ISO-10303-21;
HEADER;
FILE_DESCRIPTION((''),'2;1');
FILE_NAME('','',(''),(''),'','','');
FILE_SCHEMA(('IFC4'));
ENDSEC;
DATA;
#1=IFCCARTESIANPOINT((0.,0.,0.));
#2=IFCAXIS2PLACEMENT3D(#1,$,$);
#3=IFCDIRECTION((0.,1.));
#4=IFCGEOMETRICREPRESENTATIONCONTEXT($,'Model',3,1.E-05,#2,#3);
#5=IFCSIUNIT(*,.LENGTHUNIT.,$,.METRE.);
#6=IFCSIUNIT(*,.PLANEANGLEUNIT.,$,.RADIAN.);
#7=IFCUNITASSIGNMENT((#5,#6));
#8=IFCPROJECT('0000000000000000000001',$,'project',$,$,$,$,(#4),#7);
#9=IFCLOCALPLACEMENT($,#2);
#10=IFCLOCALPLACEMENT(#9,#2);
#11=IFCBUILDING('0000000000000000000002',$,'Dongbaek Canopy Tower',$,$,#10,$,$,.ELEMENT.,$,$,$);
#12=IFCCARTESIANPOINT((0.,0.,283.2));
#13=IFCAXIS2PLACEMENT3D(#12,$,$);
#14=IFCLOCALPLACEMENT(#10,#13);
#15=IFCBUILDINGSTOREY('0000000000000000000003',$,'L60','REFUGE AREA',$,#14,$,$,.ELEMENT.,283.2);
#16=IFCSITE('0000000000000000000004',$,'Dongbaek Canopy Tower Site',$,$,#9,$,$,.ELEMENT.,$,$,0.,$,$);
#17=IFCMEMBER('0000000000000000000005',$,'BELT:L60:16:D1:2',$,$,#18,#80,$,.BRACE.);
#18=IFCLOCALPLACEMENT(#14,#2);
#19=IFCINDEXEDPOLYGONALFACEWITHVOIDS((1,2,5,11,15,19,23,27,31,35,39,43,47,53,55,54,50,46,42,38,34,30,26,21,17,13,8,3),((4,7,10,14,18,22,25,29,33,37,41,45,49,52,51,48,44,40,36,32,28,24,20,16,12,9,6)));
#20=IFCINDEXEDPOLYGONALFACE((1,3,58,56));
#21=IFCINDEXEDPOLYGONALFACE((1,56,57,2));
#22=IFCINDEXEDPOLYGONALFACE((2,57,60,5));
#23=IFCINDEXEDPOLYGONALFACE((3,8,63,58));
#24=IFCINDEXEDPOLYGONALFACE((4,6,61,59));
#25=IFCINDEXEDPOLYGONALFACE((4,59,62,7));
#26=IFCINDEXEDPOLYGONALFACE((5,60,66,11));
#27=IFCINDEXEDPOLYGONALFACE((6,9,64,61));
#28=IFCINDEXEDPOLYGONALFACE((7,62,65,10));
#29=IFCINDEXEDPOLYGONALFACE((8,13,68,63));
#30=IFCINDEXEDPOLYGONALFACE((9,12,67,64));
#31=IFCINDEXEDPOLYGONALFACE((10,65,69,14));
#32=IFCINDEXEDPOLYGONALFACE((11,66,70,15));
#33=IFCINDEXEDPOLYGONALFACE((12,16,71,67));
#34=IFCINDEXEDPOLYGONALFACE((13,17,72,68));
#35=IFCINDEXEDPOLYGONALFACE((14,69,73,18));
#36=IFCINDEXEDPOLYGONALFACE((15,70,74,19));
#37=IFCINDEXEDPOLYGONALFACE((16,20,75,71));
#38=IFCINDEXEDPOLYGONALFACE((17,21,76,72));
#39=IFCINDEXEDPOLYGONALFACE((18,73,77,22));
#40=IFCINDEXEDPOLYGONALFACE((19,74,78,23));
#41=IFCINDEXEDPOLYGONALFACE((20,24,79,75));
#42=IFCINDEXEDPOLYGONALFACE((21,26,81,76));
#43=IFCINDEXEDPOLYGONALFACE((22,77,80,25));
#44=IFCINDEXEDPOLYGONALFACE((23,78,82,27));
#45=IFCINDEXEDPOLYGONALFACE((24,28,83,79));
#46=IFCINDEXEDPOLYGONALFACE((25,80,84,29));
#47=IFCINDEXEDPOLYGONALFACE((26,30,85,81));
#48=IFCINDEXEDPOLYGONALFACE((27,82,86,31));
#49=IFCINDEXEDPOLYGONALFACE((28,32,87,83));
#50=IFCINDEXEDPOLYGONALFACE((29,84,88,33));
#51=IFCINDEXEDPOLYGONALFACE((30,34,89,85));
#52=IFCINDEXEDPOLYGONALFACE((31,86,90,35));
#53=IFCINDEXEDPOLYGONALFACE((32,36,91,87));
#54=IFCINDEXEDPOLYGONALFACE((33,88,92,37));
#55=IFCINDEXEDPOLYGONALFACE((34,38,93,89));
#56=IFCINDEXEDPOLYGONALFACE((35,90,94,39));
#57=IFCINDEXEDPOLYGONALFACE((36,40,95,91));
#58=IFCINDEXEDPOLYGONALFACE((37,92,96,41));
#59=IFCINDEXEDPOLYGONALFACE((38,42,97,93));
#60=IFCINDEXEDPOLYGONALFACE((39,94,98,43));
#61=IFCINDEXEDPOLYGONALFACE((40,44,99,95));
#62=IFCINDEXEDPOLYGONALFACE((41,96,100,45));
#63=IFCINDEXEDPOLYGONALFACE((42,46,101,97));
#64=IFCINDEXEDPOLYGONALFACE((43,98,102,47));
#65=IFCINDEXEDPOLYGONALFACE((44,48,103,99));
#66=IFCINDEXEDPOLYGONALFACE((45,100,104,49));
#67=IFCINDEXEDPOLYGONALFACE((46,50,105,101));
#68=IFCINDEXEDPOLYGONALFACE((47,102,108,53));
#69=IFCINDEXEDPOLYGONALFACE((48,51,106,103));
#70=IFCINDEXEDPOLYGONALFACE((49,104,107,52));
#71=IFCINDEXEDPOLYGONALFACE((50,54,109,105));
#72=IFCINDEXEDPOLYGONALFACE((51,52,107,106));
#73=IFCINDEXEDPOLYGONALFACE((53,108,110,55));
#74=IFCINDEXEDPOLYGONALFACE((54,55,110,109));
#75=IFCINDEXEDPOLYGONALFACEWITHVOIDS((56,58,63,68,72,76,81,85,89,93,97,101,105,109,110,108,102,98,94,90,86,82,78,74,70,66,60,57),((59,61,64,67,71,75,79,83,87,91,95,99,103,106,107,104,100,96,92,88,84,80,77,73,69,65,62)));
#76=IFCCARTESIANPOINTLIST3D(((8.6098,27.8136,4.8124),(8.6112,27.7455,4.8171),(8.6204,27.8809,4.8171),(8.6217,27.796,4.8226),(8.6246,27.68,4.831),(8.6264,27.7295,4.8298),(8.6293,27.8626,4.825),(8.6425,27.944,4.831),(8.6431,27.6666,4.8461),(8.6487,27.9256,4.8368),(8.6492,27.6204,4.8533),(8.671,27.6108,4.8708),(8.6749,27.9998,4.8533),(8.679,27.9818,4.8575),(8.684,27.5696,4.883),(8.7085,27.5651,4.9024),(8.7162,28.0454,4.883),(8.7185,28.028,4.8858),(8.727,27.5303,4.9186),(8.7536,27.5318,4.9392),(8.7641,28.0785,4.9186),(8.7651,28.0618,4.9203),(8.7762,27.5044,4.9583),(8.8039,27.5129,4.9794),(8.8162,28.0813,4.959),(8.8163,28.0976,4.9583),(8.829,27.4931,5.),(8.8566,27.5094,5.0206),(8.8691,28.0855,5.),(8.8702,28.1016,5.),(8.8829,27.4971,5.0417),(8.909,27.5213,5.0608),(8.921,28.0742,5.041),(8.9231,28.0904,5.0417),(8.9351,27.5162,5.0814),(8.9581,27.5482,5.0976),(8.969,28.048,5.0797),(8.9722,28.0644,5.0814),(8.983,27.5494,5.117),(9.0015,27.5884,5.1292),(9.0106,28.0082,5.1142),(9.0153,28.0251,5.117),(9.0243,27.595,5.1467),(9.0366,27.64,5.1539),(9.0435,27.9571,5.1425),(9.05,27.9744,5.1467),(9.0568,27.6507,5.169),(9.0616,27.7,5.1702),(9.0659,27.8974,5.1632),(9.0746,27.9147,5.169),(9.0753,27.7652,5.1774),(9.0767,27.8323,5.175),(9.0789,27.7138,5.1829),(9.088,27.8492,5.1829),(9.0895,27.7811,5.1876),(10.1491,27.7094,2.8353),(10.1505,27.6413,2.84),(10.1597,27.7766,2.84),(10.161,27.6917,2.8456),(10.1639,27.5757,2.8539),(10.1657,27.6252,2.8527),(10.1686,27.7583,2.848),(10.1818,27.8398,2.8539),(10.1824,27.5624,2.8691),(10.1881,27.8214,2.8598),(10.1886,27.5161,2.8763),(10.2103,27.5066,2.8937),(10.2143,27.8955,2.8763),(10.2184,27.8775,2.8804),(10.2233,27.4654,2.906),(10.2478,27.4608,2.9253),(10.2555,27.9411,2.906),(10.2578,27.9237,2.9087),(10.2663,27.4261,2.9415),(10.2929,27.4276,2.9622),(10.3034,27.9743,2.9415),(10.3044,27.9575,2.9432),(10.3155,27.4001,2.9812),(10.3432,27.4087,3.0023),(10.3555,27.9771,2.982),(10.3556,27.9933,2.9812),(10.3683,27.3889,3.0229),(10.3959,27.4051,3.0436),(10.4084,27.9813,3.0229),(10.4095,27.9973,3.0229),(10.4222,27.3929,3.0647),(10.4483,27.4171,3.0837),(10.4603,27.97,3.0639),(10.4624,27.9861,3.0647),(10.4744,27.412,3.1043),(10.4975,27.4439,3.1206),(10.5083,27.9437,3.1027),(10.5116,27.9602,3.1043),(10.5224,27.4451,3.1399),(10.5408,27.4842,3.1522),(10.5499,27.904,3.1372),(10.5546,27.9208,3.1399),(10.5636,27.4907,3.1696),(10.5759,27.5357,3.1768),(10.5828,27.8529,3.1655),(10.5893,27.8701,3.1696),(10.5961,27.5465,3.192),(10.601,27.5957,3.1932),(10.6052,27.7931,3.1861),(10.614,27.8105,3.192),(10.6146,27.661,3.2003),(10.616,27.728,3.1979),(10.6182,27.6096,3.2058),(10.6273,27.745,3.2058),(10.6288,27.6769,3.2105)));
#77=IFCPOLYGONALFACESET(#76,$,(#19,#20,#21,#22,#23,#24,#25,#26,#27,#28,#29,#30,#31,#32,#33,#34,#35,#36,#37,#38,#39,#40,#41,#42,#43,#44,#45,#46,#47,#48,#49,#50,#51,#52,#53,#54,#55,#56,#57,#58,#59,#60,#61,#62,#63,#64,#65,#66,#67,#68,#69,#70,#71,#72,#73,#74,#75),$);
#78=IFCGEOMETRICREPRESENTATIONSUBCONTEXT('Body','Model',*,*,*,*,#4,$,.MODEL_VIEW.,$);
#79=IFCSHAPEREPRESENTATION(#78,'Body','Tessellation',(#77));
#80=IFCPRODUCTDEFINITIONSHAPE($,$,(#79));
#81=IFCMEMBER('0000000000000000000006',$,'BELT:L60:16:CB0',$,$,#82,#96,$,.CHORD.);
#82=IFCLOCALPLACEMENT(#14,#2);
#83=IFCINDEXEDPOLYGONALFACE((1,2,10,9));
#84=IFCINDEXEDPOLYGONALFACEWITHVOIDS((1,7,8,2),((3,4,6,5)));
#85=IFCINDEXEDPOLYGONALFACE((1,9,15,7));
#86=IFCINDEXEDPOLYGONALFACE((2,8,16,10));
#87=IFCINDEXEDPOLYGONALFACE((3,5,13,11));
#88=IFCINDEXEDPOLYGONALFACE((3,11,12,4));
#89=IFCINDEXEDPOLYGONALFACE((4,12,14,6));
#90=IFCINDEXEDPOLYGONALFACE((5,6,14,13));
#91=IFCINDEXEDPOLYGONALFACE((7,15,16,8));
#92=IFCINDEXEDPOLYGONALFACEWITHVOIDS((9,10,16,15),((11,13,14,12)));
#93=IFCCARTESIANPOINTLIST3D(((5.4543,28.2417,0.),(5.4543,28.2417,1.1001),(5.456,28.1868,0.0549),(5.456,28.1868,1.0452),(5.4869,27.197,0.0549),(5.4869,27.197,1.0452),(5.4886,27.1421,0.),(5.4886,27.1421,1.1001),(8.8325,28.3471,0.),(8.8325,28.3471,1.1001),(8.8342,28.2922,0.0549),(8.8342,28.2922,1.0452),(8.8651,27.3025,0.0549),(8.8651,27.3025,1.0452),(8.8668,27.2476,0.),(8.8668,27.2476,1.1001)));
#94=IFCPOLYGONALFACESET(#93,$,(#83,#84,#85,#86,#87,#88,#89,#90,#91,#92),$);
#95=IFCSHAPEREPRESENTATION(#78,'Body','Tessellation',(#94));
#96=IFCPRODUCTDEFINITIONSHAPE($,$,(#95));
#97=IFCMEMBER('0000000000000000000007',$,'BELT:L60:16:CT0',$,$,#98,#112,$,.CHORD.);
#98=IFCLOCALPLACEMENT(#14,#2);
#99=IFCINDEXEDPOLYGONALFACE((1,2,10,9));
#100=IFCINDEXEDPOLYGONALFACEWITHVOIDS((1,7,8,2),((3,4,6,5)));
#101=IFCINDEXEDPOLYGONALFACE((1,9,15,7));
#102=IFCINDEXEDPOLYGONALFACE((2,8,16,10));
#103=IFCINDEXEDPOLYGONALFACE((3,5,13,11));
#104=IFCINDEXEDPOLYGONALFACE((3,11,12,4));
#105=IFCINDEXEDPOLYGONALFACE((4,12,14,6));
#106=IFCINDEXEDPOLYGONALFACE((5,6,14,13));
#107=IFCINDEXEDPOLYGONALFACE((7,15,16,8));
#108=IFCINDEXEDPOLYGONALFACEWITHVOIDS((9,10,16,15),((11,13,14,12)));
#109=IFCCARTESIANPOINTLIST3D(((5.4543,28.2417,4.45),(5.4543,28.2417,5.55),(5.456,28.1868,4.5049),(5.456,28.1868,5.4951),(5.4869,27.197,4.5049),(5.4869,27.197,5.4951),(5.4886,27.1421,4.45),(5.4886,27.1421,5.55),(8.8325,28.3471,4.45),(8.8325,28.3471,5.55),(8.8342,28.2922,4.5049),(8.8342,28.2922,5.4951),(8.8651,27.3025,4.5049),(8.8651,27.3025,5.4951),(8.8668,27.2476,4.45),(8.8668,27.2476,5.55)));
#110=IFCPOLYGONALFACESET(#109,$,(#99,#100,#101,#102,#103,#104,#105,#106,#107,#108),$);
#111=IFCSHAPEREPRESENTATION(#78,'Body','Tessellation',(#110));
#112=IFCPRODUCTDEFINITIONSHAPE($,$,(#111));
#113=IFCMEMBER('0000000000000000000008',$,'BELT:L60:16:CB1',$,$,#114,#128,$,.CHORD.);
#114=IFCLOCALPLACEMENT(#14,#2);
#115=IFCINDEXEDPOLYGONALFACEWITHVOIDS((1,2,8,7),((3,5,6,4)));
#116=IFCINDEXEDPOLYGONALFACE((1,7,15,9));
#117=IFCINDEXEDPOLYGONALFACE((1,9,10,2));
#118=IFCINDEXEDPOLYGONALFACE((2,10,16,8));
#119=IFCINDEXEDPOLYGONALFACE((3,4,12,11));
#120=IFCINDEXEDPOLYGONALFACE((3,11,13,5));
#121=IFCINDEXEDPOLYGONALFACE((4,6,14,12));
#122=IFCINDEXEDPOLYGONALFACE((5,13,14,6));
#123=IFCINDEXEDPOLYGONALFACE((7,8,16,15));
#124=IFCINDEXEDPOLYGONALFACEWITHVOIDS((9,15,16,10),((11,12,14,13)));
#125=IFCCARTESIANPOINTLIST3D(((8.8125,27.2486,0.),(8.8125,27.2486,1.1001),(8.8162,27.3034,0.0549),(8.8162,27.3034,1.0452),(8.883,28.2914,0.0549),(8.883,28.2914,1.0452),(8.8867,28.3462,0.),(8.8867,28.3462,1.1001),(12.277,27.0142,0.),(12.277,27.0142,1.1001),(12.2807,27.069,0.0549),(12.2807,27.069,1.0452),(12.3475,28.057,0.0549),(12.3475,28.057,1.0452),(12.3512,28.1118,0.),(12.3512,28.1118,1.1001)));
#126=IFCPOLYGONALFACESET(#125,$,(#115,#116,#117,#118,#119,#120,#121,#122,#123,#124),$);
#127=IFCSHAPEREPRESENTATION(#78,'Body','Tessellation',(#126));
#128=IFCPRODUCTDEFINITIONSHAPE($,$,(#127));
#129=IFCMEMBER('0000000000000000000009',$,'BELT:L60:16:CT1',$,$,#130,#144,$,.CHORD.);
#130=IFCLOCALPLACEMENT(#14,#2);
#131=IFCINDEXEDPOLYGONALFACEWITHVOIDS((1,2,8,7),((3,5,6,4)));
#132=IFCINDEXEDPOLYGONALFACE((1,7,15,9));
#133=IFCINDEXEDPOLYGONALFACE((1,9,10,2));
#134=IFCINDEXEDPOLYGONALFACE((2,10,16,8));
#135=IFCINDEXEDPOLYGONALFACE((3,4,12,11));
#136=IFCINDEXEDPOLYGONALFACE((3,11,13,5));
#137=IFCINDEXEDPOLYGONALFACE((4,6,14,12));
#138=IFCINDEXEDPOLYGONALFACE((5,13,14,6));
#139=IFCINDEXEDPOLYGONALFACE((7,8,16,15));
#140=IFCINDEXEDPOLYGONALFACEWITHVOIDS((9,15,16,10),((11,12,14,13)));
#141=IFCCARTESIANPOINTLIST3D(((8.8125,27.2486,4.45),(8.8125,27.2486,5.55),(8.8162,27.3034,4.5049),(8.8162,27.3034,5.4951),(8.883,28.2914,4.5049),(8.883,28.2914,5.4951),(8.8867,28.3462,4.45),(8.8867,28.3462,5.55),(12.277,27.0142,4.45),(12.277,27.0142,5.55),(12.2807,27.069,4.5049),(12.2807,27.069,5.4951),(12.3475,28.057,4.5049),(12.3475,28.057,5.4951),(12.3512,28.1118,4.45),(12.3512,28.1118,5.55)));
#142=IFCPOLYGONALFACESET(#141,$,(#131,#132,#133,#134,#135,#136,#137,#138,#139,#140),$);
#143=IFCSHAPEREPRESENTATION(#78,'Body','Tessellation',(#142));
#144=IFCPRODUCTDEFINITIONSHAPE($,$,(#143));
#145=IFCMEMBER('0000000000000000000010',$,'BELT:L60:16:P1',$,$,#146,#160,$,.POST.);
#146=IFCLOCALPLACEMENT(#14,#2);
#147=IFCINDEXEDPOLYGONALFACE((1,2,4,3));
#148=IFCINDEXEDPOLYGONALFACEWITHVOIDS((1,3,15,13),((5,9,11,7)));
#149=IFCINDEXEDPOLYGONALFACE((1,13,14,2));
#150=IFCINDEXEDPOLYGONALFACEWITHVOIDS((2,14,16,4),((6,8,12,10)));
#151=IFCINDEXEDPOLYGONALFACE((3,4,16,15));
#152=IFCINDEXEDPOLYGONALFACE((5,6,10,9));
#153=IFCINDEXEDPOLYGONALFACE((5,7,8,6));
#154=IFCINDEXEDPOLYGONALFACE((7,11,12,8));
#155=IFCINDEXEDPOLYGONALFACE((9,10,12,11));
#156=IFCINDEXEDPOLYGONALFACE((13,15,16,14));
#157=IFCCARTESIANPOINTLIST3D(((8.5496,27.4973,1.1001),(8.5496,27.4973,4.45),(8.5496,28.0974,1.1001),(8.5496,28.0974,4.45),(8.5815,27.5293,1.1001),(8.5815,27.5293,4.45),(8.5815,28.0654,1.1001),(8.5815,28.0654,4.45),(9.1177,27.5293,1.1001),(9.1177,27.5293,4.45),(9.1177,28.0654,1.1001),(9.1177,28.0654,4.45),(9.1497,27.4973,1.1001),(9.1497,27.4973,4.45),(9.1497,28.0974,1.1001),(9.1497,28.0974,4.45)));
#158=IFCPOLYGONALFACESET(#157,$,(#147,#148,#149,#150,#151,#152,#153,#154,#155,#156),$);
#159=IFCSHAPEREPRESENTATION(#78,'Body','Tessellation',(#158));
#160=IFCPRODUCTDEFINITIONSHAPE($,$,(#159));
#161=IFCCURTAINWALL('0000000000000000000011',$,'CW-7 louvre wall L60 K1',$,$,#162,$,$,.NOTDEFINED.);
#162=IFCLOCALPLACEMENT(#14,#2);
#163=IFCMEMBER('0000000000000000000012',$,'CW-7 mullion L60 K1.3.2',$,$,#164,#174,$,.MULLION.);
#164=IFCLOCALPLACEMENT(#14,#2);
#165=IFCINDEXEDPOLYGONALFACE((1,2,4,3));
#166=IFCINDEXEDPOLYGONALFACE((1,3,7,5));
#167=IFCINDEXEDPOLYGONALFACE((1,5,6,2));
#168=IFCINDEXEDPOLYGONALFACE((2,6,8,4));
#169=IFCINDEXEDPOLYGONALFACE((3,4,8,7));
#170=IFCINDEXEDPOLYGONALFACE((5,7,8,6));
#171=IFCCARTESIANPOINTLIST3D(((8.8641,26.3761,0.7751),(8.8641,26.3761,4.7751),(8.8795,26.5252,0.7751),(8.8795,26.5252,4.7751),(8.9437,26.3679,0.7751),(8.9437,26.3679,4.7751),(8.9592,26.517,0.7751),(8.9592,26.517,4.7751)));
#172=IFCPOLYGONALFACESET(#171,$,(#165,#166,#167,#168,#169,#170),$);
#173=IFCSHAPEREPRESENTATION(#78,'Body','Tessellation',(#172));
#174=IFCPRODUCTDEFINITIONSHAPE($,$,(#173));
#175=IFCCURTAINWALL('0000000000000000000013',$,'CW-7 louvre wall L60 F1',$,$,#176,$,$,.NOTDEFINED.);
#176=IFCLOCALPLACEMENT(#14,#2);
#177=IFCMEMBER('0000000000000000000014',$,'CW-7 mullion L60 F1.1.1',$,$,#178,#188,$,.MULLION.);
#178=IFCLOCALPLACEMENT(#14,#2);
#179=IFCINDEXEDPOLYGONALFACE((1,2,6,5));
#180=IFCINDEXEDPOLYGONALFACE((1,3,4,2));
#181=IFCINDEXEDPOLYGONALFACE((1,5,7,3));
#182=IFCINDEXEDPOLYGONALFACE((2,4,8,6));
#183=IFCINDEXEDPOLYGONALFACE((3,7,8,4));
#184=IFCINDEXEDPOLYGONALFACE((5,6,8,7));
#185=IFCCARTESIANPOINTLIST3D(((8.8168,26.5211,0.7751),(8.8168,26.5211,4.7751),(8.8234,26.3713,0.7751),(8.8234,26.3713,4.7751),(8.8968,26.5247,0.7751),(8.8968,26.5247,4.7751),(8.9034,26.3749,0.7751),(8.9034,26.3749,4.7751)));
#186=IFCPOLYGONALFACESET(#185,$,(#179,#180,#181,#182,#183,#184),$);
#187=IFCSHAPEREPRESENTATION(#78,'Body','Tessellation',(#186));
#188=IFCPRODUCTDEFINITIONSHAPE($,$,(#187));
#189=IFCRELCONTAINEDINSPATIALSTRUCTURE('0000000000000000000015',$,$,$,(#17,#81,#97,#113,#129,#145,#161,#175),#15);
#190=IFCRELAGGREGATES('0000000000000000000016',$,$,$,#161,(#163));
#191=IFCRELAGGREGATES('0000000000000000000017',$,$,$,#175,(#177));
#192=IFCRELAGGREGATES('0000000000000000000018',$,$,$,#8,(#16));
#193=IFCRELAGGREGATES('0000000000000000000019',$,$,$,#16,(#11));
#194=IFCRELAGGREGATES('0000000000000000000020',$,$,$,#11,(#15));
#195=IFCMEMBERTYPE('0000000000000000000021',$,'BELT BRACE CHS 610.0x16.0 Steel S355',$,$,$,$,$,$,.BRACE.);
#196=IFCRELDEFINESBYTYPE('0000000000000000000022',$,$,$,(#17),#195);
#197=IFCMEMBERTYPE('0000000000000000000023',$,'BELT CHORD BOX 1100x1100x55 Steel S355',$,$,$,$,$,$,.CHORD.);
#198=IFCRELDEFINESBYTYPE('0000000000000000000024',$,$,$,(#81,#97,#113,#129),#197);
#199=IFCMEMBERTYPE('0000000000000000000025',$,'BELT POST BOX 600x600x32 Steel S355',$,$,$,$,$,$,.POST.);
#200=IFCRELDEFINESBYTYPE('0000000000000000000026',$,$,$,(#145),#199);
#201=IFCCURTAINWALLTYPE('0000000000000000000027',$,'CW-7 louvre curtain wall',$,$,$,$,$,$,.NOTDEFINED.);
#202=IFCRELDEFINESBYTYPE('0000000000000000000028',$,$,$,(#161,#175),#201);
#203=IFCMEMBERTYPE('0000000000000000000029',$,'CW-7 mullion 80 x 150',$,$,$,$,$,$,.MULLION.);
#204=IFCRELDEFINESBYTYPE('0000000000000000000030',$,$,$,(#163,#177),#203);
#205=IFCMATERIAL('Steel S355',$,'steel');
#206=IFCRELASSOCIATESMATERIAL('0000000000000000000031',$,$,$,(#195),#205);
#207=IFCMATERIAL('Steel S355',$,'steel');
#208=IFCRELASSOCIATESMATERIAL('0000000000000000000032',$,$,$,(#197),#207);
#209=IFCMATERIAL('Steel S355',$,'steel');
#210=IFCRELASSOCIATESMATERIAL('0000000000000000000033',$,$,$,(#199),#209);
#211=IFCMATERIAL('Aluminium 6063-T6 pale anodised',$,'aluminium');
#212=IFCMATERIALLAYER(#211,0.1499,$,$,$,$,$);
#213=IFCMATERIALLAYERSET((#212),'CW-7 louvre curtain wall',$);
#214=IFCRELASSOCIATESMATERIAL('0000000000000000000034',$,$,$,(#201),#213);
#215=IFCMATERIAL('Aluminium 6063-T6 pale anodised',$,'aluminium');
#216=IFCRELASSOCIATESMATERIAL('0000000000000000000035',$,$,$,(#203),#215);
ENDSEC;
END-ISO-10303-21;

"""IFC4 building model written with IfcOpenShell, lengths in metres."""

from ifc_helpers import new_model, si_unit, direction, frame, origin, origin_2d, place, context, subcontext, project, spatial, rectangle, hollow_rectangle, hollow_circle, extrude, material, layer, layer_set, material_profile, profile_set, type_object, element, aggregate, save


model = new_model("IFC4")

# Units and contexts
model_context = context("Model", 3, precision=1e-05, world=origin(), true_north=direction((0.0, 1.0)))
body_context = subcontext(model_context, "Body", "Model", "MODEL_VIEW")
ifc_project = project(units=[si_unit("LENGTHUNIT", "METRE"), si_unit("PLANEANGLEUNIT", "RADIAN")], contexts=[model_context])

# Site, building, storey
site_placement = place(None, origin())
site = spatial("IfcSite", under=ifc_project, at=site_placement, Name="Dongbaek Canopy Tower Site", CompositionType="ELEMENT", RefElevation=0.0)
building_placement = place(site_placement, origin())
building = spatial("IfcBuilding", under=site, at=building_placement, Name="Dongbaek Canopy Tower", CompositionType="ELEMENT")
storey_placement = place(building_placement, frame((0.0, 0.0, 283.2)))
storey = spatial("IfcBuildingStorey", under=building, at=storey_placement, Name="L60", Description="REFUGE AREA", CompositionType="ELEMENT", Elevation=283.2)

# Members
ifc_material_1 = material(Name="Steel S355", Category="steel")
ifc_material_profile_1 = material_profile(ifc_material_1, hollow_circle(Radius=0.3049, WallThickness=0.0161, at=origin_2d()), Name="BELT BRACE CHS 610.0x16.0 Steel S355")
ifc_profile_set_1 = profile_set([ifc_material_profile_1], Name="Steel S355")
member_type_1 = type_object("IfcMemberType", Name="BELT BRACE CHS 610.0x16.0 Steel S355", PredefinedType="BRACE", material=ifc_profile_set_1)
member_1_placement = place(storey_placement, frame((8.8496, 27.7974, 5.0), z_axis=(0.613808, -0.04157, -0.788361), x_axis=(0.067569, 0.997715, 0.0)))
element("IfcMember", 1, at=member_1_placement, inside=storey, type_object=member_type_1, Name="BELT:L60:16:D1:2", PredefinedType="BRACE", context=body_context, shape_type="SweptSolid", body=[
    extrude(hollow_circle(Radius=0.3049, WallThickness=0.0161, at=origin_2d()), origin(), (0.0, 0.0, 1.0), 2.5078),
])
ifc_material_2 = material(Name="Steel S355", Category="steel")
ifc_material_profile_2 = material_profile(ifc_material_2, hollow_rectangle(XDim=1.1001, YDim=1.1001, WallThickness=0.0549, at=origin_2d()), Name="BELT CHORD BOX 1100x1100x55 Steel S355")
ifc_profile_set_2 = profile_set([ifc_material_profile_2], Name="Steel S355")
member_type_2 = type_object("IfcMemberType", Name="BELT CHORD BOX 1100x1100x55 Steel S355", PredefinedType="CHORD", material=ifc_profile_set_2)
for number, where, z_axis, x_axis, name in (
    (2, (5.4714, 27.6919, 0.55), (0.999513, 0.031205, 0.0), (-0.031205, 0.999513, 0.0), "BELT:L60:16:CB0"),
    (3, (5.4714, 27.6919, 5.0), (0.999513, 0.031205, 0.0), (-0.031205, 0.999513, 0.0), "BELT:L60:16:CT0"),
):
    element("IfcMember", number, at=place(storey_placement, frame(where, z_axis=z_axis, x_axis=x_axis)), inside=storey, type_object=member_type_2, Name=name, PredefinedType="CHORD", context=body_context, shape_type="SweptSolid", body=[
        extrude(hollow_rectangle(XDim=1.1001, YDim=1.1001, WallThickness=0.0549, at=origin_2d()), origin(), (0.0, 0.0, 1.0), 3.3799),
    ])
for number, where, z_axis, x_axis, name in (
    (4, (8.8496, 27.7974, 0.55), (0.99772, -0.067494, 0.0), (0.067494, 0.99772, 0.0), "BELT:L60:16:CB1"),
    (5, (8.8496, 27.7974, 5.0), (0.99772, -0.067494, 0.0), (0.067494, 0.99772, 0.0), "BELT:L60:16:CT1"),
):
    element("IfcMember", number, at=place(storey_placement, frame(where, z_axis=z_axis, x_axis=x_axis)), inside=storey, type_object=member_type_2, Name=name, PredefinedType="CHORD", context=body_context, shape_type="SweptSolid", body=[
        extrude(hollow_rectangle(XDim=1.1001, YDim=1.1001, WallThickness=0.0549, at=origin_2d()), origin(), (0.0, 0.0, 1.0), 3.4724),
    ])
ifc_material_3 = material(Name="Steel S355", Category="steel")
ifc_material_profile_3 = material_profile(ifc_material_3, hollow_rectangle(XDim=0.6001, YDim=0.6001, WallThickness=0.032, at=origin_2d()), Name="BELT POST BOX 600x600x32 Steel S355")
ifc_profile_set_3 = profile_set([ifc_material_profile_3], Name="Steel S355")
member_type_3 = type_object("IfcMemberType", Name="BELT POST BOX 600x600x32 Steel S355", PredefinedType="POST", material=ifc_profile_set_3)
member_2_placement = place(storey_placement, frame((8.8496, 27.7974, 1.1001), z_axis=(0.0, 0.0, 1.0), x_axis=(1.0, 0.0, 0.0)))
element("IfcMember", 6, at=member_2_placement, inside=storey, type_object=member_type_3, Name="BELT:L60:16:P1", PredefinedType="POST", context=body_context, shape_type="SweptSolid", body=[
    extrude(hollow_rectangle(XDim=0.6001, YDim=0.6001, WallThickness=0.032, at=origin_2d()), origin(), (0.0, 0.0, 1.0), 3.3499),
])

# Curtain wall, member
ifc_material_4 = material(Name="Aluminium 6063-T6 pale anodised", Category="aluminium")
ifc_layer_1 = layer(ifc_material_4, 0.1499)
ifc_layer_set_1 = layer_set([ifc_layer_1], Name="CW-7 louvre curtain wall")
curtain_wall_type = type_object("IfcCurtainWallType", Name="CW-7 louvre curtain wall", PredefinedType="NOTDEFINED", material=ifc_layer_set_1)
curtain_wall_1_placement = place(storey_placement, origin())
curtain_wall_1 = element("IfcCurtainWall", 7, at=curtain_wall_1_placement, inside=storey, type_object=curtain_wall_type, Name="CW-7 louvre wall L60 K1", PredefinedType="NOTDEFINED")
ifc_material_5 = material(Name="Aluminium 6063-T6 pale anodised", Category="aluminium")
ifc_material_profile_4 = material_profile(ifc_material_5, rectangle(XDim=0.1499, YDim=0.0801, at=origin_2d()), Name="CW-7 mullion 80 x 150")
ifc_profile_set_4 = profile_set([ifc_material_profile_4], Name="Aluminium 6063-T6 pale anodised")
member_type_4 = type_object("IfcMemberType", Name="CW-7 mullion 80 x 150", PredefinedType="MULLION", material=ifc_profile_set_4)
member_3_placement = place(storey_placement, frame((8.9116, 26.4465, 0.7751), z_axis=(0.0, 0.0, 1.0), x_axis=(0.102968, 0.994685, 0.0)))
member_3 = element("IfcMember", 8, at=member_3_placement, type_object=member_type_4, Name="CW-7 mullion L60 K1.3.2", PredefinedType="MULLION", context=body_context, shape_type="SweptSolid", body=[
    extrude(rectangle(XDim=0.1499, YDim=0.0801, at=origin_2d()), origin(), (0.0, 0.0, 1.0), 4.0),
])

# Curtain wall, member
curtain_wall_2_placement = place(storey_placement, origin())
curtain_wall_2 = element("IfcCurtainWall", 9, at=curtain_wall_2_placement, inside=storey, type_object=curtain_wall_type, Name="CW-7 louvre wall L60 F1", PredefinedType="NOTDEFINED")
member_4_placement = place(storey_placement, frame((8.8601, 26.448, 0.7751), z_axis=(0.0, 0.0, 1.0), x_axis=(-0.044416, 0.999013, 0.0)))
member_4 = element("IfcMember", 10, at=member_4_placement, type_object=member_type_4, Name="CW-7 mullion L60 F1.1.1", PredefinedType="MULLION", context=body_context, shape_type="SweptSolid", body=[
    extrude(rectangle(XDim=0.1499, YDim=0.0801, at=origin_2d()), origin(), (0.0, 0.0, 1.0), 4.0),
])

aggregate(curtain_wall_1, [member_3])
aggregate(curtain_wall_2, [member_4])

save(model, "model.ifc")
